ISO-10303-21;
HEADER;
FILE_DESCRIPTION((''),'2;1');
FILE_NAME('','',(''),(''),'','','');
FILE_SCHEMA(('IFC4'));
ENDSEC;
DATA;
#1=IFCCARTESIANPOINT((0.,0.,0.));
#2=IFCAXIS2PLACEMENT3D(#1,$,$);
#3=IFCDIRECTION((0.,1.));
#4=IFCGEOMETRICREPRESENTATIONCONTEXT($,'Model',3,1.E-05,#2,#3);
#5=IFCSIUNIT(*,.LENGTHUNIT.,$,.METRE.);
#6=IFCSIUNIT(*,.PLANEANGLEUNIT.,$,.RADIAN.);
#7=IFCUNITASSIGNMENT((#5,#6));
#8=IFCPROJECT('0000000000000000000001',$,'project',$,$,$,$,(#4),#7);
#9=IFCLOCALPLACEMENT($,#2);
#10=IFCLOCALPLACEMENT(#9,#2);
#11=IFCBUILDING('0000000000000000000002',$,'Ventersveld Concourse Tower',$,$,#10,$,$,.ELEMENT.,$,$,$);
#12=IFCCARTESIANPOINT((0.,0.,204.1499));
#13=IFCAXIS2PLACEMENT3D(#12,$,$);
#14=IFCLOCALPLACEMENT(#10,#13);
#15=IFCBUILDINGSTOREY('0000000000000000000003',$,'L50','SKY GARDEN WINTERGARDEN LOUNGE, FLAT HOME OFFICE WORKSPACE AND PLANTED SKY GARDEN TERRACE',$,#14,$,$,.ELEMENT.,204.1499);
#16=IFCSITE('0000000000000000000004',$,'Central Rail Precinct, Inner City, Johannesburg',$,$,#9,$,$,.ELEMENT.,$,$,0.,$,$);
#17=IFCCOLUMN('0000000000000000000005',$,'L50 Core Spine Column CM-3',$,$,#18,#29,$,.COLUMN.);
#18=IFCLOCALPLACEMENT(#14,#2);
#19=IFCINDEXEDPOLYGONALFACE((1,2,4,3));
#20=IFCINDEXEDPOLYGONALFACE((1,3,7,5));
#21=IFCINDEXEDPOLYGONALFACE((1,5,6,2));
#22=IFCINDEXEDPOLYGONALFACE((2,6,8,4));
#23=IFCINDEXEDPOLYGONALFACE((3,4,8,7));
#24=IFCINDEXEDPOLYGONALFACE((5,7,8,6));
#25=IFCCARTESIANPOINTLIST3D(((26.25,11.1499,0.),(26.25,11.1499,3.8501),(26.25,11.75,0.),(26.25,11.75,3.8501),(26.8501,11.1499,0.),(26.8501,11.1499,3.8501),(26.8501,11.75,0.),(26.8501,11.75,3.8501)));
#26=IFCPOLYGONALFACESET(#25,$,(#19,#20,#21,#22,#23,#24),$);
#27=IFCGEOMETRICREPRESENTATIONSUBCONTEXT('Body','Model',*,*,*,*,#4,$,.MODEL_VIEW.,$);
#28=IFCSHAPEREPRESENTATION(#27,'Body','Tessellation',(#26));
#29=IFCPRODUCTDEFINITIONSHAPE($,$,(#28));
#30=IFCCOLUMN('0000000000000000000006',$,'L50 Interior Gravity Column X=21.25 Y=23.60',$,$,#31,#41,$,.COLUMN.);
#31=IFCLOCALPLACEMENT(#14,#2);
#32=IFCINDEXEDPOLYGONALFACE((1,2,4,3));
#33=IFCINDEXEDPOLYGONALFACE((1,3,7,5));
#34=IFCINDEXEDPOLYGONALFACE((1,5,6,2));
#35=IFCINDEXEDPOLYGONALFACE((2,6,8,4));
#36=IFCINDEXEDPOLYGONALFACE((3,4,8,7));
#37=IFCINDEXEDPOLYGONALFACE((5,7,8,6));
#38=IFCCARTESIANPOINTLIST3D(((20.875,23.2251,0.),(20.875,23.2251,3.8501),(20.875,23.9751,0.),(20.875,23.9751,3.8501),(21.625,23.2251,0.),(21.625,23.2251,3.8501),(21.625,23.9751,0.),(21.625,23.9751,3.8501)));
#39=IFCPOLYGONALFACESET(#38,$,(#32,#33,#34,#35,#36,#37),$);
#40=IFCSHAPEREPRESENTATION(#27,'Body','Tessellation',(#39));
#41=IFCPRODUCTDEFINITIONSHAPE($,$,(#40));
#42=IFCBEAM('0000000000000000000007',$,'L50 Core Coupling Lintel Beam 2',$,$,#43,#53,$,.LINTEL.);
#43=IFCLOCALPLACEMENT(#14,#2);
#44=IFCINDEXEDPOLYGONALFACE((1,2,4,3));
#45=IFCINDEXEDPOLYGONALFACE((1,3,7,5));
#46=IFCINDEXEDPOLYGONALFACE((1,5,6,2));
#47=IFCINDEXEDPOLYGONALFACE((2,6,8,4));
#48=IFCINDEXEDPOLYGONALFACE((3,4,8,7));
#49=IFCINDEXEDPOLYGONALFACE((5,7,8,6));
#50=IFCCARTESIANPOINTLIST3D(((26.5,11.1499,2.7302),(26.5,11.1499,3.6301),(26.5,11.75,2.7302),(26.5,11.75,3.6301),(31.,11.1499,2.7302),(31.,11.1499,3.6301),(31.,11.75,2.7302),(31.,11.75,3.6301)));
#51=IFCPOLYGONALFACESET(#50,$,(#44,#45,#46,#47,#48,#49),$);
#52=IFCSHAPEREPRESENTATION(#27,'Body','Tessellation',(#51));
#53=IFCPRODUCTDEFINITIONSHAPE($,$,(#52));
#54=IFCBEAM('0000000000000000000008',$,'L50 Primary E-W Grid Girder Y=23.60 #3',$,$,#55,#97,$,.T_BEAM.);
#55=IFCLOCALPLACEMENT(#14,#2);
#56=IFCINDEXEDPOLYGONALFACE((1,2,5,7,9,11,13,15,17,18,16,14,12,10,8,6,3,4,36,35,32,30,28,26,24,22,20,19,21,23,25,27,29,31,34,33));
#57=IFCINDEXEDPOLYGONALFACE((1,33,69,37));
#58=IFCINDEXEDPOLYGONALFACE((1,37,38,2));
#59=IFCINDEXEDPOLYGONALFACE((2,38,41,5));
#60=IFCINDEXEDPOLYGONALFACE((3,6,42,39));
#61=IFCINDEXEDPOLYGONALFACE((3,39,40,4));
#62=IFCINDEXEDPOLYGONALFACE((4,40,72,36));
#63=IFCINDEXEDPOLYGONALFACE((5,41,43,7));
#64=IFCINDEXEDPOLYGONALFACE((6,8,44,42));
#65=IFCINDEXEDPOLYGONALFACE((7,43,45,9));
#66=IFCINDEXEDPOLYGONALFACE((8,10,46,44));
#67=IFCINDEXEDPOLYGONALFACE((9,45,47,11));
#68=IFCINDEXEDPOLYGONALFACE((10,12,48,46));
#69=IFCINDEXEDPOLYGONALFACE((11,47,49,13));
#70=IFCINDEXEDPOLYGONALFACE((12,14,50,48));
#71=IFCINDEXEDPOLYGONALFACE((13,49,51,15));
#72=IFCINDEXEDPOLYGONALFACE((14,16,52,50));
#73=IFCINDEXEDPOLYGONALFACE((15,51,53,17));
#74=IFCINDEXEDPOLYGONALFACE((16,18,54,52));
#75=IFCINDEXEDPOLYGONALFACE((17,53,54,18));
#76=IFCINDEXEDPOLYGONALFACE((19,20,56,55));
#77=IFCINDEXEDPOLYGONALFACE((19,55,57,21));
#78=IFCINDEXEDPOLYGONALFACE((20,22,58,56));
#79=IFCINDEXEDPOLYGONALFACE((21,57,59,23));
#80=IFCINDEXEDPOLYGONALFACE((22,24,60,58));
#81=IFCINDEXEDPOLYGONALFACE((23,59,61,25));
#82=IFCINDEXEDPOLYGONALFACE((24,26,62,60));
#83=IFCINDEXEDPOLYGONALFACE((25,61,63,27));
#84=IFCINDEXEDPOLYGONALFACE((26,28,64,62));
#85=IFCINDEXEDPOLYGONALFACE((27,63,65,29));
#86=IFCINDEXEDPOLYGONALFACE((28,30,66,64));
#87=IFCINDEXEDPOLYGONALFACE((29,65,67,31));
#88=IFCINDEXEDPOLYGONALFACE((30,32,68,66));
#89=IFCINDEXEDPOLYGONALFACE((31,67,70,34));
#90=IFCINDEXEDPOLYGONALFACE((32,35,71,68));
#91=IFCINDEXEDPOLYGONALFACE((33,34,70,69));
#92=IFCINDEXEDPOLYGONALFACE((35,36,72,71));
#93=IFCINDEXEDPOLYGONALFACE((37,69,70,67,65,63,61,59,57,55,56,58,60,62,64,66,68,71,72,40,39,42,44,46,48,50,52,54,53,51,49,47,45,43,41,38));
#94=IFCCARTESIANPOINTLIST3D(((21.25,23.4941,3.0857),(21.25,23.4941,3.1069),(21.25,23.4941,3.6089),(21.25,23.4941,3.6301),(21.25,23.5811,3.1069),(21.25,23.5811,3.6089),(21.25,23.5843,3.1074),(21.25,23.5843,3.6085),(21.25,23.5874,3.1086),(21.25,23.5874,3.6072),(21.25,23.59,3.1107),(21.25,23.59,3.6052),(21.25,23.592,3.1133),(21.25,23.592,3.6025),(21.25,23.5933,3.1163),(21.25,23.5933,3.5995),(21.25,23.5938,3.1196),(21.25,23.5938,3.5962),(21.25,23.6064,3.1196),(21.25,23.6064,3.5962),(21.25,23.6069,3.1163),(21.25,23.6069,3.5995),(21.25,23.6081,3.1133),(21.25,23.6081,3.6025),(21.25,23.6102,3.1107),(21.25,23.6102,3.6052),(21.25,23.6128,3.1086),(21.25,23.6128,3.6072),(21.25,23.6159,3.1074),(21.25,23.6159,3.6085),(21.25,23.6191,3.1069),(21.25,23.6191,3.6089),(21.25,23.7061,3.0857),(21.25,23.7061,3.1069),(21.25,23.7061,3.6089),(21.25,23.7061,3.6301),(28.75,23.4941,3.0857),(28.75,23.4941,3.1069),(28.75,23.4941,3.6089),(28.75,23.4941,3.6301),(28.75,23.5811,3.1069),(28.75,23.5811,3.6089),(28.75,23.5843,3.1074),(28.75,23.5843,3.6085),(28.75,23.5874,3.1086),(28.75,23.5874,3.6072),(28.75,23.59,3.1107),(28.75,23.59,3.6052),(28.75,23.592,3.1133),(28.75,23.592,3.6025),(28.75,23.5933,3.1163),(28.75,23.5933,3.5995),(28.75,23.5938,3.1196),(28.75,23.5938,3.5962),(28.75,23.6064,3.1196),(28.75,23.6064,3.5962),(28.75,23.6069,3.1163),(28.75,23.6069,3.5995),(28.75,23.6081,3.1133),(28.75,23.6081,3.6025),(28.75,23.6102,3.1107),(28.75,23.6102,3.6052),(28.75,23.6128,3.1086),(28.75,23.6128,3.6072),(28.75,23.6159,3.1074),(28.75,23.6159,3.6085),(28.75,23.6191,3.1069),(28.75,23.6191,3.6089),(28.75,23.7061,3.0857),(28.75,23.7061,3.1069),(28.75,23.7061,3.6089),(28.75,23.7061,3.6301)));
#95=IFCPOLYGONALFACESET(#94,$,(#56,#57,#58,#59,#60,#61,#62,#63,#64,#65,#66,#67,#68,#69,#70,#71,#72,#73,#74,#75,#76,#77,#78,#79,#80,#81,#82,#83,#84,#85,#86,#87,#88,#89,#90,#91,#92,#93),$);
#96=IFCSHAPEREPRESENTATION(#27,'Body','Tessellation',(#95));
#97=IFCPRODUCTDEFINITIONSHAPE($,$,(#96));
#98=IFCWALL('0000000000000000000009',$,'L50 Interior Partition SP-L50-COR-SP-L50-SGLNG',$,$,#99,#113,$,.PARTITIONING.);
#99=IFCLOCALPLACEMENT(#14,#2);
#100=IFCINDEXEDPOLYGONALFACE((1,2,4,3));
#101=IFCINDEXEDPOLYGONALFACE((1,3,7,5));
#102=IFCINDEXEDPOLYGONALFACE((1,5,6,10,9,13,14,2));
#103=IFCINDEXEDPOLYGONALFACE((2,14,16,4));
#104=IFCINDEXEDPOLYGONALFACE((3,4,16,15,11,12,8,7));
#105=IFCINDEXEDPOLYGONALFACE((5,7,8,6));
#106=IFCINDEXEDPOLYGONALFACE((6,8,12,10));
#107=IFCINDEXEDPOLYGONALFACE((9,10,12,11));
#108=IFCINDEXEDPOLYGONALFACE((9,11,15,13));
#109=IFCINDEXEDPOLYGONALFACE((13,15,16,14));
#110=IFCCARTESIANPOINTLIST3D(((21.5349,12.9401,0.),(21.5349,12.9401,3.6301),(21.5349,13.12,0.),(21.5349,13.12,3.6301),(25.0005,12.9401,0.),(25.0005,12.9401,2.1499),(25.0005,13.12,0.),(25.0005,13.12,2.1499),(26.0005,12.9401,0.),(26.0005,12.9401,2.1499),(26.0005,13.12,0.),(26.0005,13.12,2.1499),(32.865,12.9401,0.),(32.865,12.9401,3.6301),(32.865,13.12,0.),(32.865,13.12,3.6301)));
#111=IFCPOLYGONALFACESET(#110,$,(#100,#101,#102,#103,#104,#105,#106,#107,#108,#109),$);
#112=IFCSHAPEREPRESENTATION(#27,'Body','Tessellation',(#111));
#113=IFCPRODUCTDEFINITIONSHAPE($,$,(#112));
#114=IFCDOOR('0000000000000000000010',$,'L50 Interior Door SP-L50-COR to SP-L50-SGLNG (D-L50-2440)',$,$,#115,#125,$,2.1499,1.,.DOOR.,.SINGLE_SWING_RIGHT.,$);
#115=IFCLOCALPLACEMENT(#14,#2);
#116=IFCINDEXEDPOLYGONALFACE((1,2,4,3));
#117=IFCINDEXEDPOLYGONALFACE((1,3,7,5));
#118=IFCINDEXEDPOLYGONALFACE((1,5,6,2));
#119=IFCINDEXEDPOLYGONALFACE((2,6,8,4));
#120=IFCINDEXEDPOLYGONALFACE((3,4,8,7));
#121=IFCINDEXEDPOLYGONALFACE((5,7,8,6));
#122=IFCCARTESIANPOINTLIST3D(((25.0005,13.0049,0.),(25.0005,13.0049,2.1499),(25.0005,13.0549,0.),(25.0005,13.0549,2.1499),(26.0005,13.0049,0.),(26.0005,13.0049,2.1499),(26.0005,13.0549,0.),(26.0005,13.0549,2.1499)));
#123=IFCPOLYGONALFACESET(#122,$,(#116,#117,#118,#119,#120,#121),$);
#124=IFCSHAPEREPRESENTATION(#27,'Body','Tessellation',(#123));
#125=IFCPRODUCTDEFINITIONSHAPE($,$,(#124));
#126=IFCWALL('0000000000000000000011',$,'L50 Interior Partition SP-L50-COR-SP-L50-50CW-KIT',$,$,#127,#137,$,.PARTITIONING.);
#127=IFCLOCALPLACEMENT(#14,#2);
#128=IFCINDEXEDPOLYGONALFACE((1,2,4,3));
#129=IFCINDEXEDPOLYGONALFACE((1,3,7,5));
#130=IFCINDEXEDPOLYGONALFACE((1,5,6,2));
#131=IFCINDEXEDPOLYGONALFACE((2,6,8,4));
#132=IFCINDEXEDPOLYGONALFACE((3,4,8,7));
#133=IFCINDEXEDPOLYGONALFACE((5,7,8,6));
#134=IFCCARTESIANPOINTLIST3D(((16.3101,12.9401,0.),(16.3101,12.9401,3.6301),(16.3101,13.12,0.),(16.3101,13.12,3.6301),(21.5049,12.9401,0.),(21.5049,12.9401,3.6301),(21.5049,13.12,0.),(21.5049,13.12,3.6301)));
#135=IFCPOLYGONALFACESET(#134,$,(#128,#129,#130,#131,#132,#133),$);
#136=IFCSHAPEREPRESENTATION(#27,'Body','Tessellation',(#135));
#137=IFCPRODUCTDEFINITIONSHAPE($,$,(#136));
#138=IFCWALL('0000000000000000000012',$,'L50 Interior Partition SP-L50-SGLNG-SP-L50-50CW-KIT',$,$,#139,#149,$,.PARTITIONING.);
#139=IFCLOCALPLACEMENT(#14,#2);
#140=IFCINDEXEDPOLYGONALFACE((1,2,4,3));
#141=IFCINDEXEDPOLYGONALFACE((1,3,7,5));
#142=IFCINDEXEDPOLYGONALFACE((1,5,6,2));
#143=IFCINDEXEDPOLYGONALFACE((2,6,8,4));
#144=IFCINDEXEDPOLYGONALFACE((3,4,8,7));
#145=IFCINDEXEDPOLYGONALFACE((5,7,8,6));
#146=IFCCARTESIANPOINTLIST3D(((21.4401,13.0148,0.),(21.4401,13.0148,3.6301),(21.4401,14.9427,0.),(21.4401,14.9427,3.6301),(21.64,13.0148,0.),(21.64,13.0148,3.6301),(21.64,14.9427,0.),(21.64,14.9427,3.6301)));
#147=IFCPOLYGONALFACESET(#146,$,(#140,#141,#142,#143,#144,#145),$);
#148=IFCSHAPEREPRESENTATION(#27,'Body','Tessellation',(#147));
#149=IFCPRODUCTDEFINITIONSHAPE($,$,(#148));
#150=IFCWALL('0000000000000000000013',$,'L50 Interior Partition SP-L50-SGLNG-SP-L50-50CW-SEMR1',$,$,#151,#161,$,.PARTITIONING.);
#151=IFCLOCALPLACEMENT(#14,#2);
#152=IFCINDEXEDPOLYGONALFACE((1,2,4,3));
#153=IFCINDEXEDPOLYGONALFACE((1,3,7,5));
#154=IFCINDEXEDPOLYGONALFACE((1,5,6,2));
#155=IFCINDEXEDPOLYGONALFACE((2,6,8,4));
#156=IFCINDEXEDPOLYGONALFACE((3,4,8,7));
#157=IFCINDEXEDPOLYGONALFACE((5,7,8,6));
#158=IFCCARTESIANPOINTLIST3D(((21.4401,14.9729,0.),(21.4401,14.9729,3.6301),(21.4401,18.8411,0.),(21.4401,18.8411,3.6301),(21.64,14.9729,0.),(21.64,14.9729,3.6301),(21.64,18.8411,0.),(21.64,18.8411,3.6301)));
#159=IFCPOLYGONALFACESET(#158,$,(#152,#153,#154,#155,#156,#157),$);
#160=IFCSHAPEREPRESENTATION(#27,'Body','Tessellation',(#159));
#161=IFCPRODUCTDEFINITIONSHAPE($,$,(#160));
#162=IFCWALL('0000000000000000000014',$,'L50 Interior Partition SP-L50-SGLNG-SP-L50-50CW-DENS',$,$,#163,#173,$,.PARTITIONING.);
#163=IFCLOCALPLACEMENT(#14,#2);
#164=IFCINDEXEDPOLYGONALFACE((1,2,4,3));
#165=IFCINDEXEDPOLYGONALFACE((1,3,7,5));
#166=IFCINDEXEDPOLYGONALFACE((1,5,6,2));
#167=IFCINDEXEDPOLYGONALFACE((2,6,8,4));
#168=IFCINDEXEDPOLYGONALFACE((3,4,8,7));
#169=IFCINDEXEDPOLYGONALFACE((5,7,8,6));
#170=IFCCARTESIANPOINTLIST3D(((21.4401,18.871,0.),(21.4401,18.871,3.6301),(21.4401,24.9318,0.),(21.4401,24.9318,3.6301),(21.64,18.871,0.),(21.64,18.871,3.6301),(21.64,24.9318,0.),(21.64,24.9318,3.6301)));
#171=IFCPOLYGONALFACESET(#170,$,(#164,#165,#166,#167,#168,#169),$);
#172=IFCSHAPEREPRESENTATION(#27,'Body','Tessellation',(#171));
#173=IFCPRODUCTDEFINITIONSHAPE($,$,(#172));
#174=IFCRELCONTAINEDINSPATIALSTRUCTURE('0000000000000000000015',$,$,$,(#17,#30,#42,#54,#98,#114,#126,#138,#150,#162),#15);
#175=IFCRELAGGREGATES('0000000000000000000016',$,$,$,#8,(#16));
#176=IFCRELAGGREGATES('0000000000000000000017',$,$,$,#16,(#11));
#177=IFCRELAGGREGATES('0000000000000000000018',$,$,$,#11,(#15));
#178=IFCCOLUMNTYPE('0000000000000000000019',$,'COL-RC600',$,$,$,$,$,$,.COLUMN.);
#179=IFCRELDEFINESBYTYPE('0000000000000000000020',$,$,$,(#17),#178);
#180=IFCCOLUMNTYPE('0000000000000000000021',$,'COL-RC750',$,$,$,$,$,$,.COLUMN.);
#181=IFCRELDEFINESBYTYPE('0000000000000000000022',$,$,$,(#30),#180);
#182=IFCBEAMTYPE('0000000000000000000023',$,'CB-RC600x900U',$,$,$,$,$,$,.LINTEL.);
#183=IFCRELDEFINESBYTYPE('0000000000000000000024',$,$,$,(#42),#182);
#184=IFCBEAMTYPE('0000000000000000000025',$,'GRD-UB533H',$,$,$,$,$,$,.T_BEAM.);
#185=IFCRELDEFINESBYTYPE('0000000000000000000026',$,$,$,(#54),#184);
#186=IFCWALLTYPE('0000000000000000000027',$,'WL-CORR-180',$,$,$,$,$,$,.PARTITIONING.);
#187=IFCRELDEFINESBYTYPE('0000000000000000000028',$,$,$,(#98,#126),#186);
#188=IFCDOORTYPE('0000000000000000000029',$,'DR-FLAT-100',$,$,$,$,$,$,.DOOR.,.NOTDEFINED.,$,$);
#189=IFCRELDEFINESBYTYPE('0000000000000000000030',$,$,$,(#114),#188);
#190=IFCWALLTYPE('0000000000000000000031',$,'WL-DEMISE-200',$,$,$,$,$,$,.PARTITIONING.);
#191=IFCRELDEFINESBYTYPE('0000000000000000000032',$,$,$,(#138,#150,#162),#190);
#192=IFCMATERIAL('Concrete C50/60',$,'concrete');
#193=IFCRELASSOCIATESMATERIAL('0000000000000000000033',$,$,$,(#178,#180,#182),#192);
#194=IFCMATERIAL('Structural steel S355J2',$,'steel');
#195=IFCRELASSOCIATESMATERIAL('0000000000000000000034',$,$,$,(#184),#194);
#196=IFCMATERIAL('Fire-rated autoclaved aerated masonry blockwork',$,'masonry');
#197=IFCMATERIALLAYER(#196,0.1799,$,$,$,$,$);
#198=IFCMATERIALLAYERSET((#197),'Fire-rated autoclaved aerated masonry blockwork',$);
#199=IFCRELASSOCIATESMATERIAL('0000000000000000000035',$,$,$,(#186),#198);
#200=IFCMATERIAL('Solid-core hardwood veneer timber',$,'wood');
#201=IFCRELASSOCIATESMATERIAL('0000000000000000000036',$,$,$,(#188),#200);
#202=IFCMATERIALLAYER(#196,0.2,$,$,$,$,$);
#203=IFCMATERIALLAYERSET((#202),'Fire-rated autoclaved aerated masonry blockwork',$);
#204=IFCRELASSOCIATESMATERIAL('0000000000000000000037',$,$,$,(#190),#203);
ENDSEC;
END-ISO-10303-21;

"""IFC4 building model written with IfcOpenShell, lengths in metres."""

from ifc_helpers import new_model, si_unit, direction, frame, frame_2d, origin, origin_2d, place, context, subcontext, project, spatial, rectangle, i_section, extrude, material, layer, layer_set, material_profile, profile_set, type_object, element, fill, save


model = new_model("IFC4")

# Units and contexts
model_context = context("Model", 3, precision=1e-05, world=origin(), true_north=direction((0.0, 1.0)))
body_context = subcontext(model_context, "Body", "Model", "MODEL_VIEW")
ifc_project = project(units=[si_unit("LENGTHUNIT", "METRE"), si_unit("PLANEANGLEUNIT", "RADIAN")], contexts=[model_context])

# Site, building, storey
site_placement = place(None, origin())
site = spatial("IfcSite", under=ifc_project, at=site_placement, Name="Central Rail Precinct, Inner City, Johannesburg", CompositionType="ELEMENT", RefElevation=0.0)
building_placement = place(site_placement, origin())
building = spatial("IfcBuilding", under=site, at=building_placement, Name="Ventersveld Concourse Tower", CompositionType="ELEMENT")
storey_placement = place(building_placement, frame((0.0, 0.0, 204.1499)))
storey = spatial("IfcBuildingStorey", under=building, at=storey_placement, Name="L50", Description="SKY GARDEN WINTERGARDEN LOUNGE, FLAT HOME OFFICE WORKSPACE AND PLANTED SKY GARDEN TERRACE", CompositionType="ELEMENT", Elevation=204.1499)

# Columns
ifc_material_1 = material(Name="Concrete C50/60", Category="concrete")
ifc_material_profile_1 = material_profile(ifc_material_1, rectangle(XDim=0.6001, YDim=0.6001, at=origin_2d()), Name="RC 600x600")
ifc_profile_set_1 = profile_set([ifc_material_profile_1], Name="Concrete C50/60")
column_type_1 = type_object("IfcColumnType", Name="COL-RC600", PredefinedType="COLUMN", material=ifc_profile_set_1)
column_1_placement = place(storey_placement, frame((26.55, 11.45, 0.0), z_axis=(0.0, 0.0, 1.0), x_axis=(1.0, 0.0, 0.0)))
element("IfcColumn", 1, at=column_1_placement, inside=storey, type_object=column_type_1, Name="L50 Core Spine Column CM-3", PredefinedType="COLUMN", context=body_context, shape_type="SweptSolid", body=[
    extrude(rectangle(XDim=0.6001, YDim=0.6001, at=origin_2d()), origin(), (0.0, 0.0, 1.0), 3.8501),
])
ifc_material_profile_2 = material_profile(ifc_material_1, rectangle(XDim=0.75, YDim=0.75, at=origin_2d()), Name="RC 750x750")
ifc_profile_set_2 = profile_set([ifc_material_profile_2], Name="Concrete C50/60")
column_type_2 = type_object("IfcColumnType", Name="COL-RC750", PredefinedType="COLUMN", material=ifc_profile_set_2)
column_2_placement = place(storey_placement, frame((21.25, 23.6001, 0.0), z_axis=(0.0, 0.0, 1.0), x_axis=(1.0, 0.0, 0.0)))
element("IfcColumn", 2, at=column_2_placement, inside=storey, type_object=column_type_2, Name="L50 Interior Gravity Column X=21.25 Y=23.60", PredefinedType="COLUMN", context=body_context, shape_type="SweptSolid", body=[
    extrude(rectangle(XDim=0.75, YDim=0.75, at=origin_2d()), origin(), (0.0, 0.0, 1.0), 3.8501),
])

# Beams
ifc_material_profile_3 = material_profile(ifc_material_1, rectangle(XDim=0.6001, YDim=0.8999, at=origin_2d()), Name="RC 600x900")
ifc_profile_set_3 = profile_set([ifc_material_profile_3], Name="Concrete C50/60")
beam_type_1 = type_object("IfcBeamType", Name="CB-RC600x900U", PredefinedType="LINTEL", material=ifc_profile_set_3)
beam_1_placement = place(storey_placement, frame((26.5, 11.45, 3.1802), z_axis=(1.0, 0.0, 0.0), x_axis=(0.0, 1.0, 0.0)))
element("IfcBeam", 3, at=beam_1_placement, inside=storey, type_object=beam_type_1, Name="L50 Core Coupling Lintel Beam 2", PredefinedType="LINTEL", context=body_context, shape_type="SweptSolid", body=[
    extrude(rectangle(XDim=0.6001, YDim=0.8999, at=origin_2d()), origin(), (0.0, 0.0, 1.0), 4.5),
])
ifc_material_2 = material(Name="Structural steel S355J2", Category="steel")
ifc_material_profile_4 = material_profile(ifc_material_2, i_section(OverallWidth=0.2119, OverallDepth=0.5444, WebThickness=0.0127, FlangeThickness=0.0212, FilletRadius=0.0127, at=origin_2d()), Name="UB 533x210x122")
ifc_profile_set_4 = profile_set([ifc_material_profile_4], Name="Structural steel S355J2")
beam_type_2 = type_object("IfcBeamType", Name="GRD-UB533H", PredefinedType="T_BEAM", material=ifc_profile_set_4)
beam_2_placement = place(storey_placement, frame((21.25, 23.6001, 3.3579), z_axis=(1.0, 0.0, 0.0), x_axis=(0.0, 1.0, 0.0)))
element("IfcBeam", 4, at=beam_2_placement, inside=storey, type_object=beam_type_2, Name="L50 Primary E-W Grid Girder Y=23.60 #3", PredefinedType="T_BEAM", context=body_context, shape_type="SweptSolid", body=[
    extrude(i_section(OverallWidth=0.2119, OverallDepth=0.5444, WebThickness=0.0127, FlangeThickness=0.0212, FilletRadius=0.0127, at=origin_2d()), origin(), (0.0, 0.0, 1.0), 7.5),
])

# Wall, opening, door
ifc_material_3 = material(Name="Fire-rated autoclaved aerated masonry blockwork", Category="masonry")
ifc_layer_1 = layer(ifc_material_3, 0.1799)
ifc_layer_set_1 = layer_set([ifc_layer_1], Name="Fire-rated autoclaved aerated masonry blockwork")
wall_type_1 = type_object("IfcWallType", Name="WL-CORR-180", PredefinedType="PARTITIONING", material=ifc_layer_set_1)
wall_1_placement = place(storey_placement, frame((21.5349, 13.03, 0.0), z_axis=(0.0, 0.0, 1.0), x_axis=(1.0, 0.0, 0.0)))
wall_1 = element("IfcWall", 5, at=wall_1_placement, inside=storey, type_object=wall_type_1, Name="L50 Interior Partition SP-L50-COR-SP-L50-SGLNG", PredefinedType="PARTITIONING", context=body_context, shape_type="SweptSolid", body=[
    extrude(rectangle(XDim=11.3301, YDim=0.1799, at=frame_2d((5.665, 0.0))), origin(), (0.0, 0.0, 1.0), 3.6301),
])
opening_1_placement = place(wall_1_placement, frame((3.4656, 0.0, 0.0)))
opening_1 = element("IfcOpeningElement", 6, at=opening_1_placement, cuts=wall_1, PredefinedType="OPENING", context=body_context, shape_type="SweptSolid", body=[
    extrude(rectangle(XDim=1.0, YDim=2.1499, at=frame_2d((0.5, 1.075))), frame((0.0, 0.1001, 0.0), z_axis=(0.0, -1.0, 0.0), x_axis=(1.0, 0.0, 0.0)), (0.0, 0.0, 1.0), 0.2),
])
ifc_material_4 = material(Name="Solid-core hardwood veneer timber", Category="wood")
door_type_1 = type_object("IfcDoorType", Name="DR-FLAT-100", OperationType="NOTDEFINED", PredefinedType="DOOR", material=ifc_material_4)
door_1_placement = place(opening_1_placement, origin())
door_1 = element("IfcDoor", 7, at=door_1_placement, inside=storey, type_object=door_type_1, Name="L50 Interior Door SP-L50-COR to SP-L50-SGLNG (D-L50-2440)", OperationType="SINGLE_SWING_RIGHT", OverallHeight=2.1499, OverallWidth=1.0, PredefinedType="DOOR", context=body_context, shape_type="SweptSolid", body=[
    extrude(rectangle(XDim=1.0, YDim=2.1499, at=frame_2d((0.5, 1.075))), frame((0.0, 0.0249, 0.0), z_axis=(0.0, -1.0, 0.0), x_axis=(1.0, 0.0, 0.0)), (0.0, 0.0, 1.0), 0.05),
])
fill(opening_1, door_1)

# Walls
wall_2_placement = place(storey_placement, frame((16.3101, 13.03, 0.0), z_axis=(0.0, 0.0, 1.0), x_axis=(1.0, 0.0, 0.0)))
element("IfcWall", 8, at=wall_2_placement, inside=storey, type_object=wall_type_1, Name="L50 Interior Partition SP-L50-COR-SP-L50-50CW-KIT", PredefinedType="PARTITIONING", context=body_context, shape_type="SweptSolid", body=[
    extrude(rectangle(XDim=5.1948, YDim=0.1799, at=frame_2d((2.5974, 0.0))), origin(), (0.0, 0.0, 1.0), 3.6301),
])
ifc_layer_2 = layer(ifc_material_3, 0.2)
ifc_layer_set_2 = layer_set([ifc_layer_2], Name="Fire-rated autoclaved aerated masonry blockwork")
wall_type_2 = type_object("IfcWallType", Name="WL-DEMISE-200", PredefinedType="PARTITIONING", material=ifc_layer_set_2)
wall_3_placement = place(storey_placement, frame((21.54, 13.0149, 0.0), z_axis=(0.0, 0.0, 1.0), x_axis=(0.0, 1.0, 0.0)))
element("IfcWall", 9, at=wall_3_placement, inside=storey, type_object=wall_type_2, Name="L50 Interior Partition SP-L50-SGLNG-SP-L50-50CW-KIT", PredefinedType="PARTITIONING", context=body_context, shape_type="SweptSolid", body=[
    extrude(rectangle(XDim=1.928, YDim=0.2, at=frame_2d((0.9639, 0.0))), origin(), (0.0, 0.0, 1.0), 3.6301),
])
wall_4_placement = place(storey_placement, frame((21.54, 14.9729, 0.0), z_axis=(0.0, 0.0, 1.0), x_axis=(0.0, 1.0, 0.0)))
element("IfcWall", 10, at=wall_4_placement, inside=storey, type_object=wall_type_2, Name="L50 Interior Partition SP-L50-SGLNG-SP-L50-50CW-SEMR1", PredefinedType="PARTITIONING", context=body_context, shape_type="SweptSolid", body=[
    extrude(rectangle(XDim=3.8682, YDim=0.2, at=frame_2d((1.9341, 0.0))), origin(), (0.0, 0.0, 1.0), 3.6301),
])
wall_5_placement = place(storey_placement, frame((21.54, 18.8711, 0.0), z_axis=(0.0, 0.0, 1.0), x_axis=(0.0, 1.0, 0.0)))
element("IfcWall", 11, at=wall_5_placement, inside=storey, type_object=wall_type_2, Name="L50 Interior Partition SP-L50-SGLNG-SP-L50-50CW-DENS", PredefinedType="PARTITIONING", context=body_context, shape_type="SweptSolid", body=[
    extrude(rectangle(XDim=6.0608, YDim=0.2, at=frame_2d((3.0303, 0.0))), origin(), (0.0, 0.0, 1.0), 3.6301),
])

save(model, "model.ifc")
